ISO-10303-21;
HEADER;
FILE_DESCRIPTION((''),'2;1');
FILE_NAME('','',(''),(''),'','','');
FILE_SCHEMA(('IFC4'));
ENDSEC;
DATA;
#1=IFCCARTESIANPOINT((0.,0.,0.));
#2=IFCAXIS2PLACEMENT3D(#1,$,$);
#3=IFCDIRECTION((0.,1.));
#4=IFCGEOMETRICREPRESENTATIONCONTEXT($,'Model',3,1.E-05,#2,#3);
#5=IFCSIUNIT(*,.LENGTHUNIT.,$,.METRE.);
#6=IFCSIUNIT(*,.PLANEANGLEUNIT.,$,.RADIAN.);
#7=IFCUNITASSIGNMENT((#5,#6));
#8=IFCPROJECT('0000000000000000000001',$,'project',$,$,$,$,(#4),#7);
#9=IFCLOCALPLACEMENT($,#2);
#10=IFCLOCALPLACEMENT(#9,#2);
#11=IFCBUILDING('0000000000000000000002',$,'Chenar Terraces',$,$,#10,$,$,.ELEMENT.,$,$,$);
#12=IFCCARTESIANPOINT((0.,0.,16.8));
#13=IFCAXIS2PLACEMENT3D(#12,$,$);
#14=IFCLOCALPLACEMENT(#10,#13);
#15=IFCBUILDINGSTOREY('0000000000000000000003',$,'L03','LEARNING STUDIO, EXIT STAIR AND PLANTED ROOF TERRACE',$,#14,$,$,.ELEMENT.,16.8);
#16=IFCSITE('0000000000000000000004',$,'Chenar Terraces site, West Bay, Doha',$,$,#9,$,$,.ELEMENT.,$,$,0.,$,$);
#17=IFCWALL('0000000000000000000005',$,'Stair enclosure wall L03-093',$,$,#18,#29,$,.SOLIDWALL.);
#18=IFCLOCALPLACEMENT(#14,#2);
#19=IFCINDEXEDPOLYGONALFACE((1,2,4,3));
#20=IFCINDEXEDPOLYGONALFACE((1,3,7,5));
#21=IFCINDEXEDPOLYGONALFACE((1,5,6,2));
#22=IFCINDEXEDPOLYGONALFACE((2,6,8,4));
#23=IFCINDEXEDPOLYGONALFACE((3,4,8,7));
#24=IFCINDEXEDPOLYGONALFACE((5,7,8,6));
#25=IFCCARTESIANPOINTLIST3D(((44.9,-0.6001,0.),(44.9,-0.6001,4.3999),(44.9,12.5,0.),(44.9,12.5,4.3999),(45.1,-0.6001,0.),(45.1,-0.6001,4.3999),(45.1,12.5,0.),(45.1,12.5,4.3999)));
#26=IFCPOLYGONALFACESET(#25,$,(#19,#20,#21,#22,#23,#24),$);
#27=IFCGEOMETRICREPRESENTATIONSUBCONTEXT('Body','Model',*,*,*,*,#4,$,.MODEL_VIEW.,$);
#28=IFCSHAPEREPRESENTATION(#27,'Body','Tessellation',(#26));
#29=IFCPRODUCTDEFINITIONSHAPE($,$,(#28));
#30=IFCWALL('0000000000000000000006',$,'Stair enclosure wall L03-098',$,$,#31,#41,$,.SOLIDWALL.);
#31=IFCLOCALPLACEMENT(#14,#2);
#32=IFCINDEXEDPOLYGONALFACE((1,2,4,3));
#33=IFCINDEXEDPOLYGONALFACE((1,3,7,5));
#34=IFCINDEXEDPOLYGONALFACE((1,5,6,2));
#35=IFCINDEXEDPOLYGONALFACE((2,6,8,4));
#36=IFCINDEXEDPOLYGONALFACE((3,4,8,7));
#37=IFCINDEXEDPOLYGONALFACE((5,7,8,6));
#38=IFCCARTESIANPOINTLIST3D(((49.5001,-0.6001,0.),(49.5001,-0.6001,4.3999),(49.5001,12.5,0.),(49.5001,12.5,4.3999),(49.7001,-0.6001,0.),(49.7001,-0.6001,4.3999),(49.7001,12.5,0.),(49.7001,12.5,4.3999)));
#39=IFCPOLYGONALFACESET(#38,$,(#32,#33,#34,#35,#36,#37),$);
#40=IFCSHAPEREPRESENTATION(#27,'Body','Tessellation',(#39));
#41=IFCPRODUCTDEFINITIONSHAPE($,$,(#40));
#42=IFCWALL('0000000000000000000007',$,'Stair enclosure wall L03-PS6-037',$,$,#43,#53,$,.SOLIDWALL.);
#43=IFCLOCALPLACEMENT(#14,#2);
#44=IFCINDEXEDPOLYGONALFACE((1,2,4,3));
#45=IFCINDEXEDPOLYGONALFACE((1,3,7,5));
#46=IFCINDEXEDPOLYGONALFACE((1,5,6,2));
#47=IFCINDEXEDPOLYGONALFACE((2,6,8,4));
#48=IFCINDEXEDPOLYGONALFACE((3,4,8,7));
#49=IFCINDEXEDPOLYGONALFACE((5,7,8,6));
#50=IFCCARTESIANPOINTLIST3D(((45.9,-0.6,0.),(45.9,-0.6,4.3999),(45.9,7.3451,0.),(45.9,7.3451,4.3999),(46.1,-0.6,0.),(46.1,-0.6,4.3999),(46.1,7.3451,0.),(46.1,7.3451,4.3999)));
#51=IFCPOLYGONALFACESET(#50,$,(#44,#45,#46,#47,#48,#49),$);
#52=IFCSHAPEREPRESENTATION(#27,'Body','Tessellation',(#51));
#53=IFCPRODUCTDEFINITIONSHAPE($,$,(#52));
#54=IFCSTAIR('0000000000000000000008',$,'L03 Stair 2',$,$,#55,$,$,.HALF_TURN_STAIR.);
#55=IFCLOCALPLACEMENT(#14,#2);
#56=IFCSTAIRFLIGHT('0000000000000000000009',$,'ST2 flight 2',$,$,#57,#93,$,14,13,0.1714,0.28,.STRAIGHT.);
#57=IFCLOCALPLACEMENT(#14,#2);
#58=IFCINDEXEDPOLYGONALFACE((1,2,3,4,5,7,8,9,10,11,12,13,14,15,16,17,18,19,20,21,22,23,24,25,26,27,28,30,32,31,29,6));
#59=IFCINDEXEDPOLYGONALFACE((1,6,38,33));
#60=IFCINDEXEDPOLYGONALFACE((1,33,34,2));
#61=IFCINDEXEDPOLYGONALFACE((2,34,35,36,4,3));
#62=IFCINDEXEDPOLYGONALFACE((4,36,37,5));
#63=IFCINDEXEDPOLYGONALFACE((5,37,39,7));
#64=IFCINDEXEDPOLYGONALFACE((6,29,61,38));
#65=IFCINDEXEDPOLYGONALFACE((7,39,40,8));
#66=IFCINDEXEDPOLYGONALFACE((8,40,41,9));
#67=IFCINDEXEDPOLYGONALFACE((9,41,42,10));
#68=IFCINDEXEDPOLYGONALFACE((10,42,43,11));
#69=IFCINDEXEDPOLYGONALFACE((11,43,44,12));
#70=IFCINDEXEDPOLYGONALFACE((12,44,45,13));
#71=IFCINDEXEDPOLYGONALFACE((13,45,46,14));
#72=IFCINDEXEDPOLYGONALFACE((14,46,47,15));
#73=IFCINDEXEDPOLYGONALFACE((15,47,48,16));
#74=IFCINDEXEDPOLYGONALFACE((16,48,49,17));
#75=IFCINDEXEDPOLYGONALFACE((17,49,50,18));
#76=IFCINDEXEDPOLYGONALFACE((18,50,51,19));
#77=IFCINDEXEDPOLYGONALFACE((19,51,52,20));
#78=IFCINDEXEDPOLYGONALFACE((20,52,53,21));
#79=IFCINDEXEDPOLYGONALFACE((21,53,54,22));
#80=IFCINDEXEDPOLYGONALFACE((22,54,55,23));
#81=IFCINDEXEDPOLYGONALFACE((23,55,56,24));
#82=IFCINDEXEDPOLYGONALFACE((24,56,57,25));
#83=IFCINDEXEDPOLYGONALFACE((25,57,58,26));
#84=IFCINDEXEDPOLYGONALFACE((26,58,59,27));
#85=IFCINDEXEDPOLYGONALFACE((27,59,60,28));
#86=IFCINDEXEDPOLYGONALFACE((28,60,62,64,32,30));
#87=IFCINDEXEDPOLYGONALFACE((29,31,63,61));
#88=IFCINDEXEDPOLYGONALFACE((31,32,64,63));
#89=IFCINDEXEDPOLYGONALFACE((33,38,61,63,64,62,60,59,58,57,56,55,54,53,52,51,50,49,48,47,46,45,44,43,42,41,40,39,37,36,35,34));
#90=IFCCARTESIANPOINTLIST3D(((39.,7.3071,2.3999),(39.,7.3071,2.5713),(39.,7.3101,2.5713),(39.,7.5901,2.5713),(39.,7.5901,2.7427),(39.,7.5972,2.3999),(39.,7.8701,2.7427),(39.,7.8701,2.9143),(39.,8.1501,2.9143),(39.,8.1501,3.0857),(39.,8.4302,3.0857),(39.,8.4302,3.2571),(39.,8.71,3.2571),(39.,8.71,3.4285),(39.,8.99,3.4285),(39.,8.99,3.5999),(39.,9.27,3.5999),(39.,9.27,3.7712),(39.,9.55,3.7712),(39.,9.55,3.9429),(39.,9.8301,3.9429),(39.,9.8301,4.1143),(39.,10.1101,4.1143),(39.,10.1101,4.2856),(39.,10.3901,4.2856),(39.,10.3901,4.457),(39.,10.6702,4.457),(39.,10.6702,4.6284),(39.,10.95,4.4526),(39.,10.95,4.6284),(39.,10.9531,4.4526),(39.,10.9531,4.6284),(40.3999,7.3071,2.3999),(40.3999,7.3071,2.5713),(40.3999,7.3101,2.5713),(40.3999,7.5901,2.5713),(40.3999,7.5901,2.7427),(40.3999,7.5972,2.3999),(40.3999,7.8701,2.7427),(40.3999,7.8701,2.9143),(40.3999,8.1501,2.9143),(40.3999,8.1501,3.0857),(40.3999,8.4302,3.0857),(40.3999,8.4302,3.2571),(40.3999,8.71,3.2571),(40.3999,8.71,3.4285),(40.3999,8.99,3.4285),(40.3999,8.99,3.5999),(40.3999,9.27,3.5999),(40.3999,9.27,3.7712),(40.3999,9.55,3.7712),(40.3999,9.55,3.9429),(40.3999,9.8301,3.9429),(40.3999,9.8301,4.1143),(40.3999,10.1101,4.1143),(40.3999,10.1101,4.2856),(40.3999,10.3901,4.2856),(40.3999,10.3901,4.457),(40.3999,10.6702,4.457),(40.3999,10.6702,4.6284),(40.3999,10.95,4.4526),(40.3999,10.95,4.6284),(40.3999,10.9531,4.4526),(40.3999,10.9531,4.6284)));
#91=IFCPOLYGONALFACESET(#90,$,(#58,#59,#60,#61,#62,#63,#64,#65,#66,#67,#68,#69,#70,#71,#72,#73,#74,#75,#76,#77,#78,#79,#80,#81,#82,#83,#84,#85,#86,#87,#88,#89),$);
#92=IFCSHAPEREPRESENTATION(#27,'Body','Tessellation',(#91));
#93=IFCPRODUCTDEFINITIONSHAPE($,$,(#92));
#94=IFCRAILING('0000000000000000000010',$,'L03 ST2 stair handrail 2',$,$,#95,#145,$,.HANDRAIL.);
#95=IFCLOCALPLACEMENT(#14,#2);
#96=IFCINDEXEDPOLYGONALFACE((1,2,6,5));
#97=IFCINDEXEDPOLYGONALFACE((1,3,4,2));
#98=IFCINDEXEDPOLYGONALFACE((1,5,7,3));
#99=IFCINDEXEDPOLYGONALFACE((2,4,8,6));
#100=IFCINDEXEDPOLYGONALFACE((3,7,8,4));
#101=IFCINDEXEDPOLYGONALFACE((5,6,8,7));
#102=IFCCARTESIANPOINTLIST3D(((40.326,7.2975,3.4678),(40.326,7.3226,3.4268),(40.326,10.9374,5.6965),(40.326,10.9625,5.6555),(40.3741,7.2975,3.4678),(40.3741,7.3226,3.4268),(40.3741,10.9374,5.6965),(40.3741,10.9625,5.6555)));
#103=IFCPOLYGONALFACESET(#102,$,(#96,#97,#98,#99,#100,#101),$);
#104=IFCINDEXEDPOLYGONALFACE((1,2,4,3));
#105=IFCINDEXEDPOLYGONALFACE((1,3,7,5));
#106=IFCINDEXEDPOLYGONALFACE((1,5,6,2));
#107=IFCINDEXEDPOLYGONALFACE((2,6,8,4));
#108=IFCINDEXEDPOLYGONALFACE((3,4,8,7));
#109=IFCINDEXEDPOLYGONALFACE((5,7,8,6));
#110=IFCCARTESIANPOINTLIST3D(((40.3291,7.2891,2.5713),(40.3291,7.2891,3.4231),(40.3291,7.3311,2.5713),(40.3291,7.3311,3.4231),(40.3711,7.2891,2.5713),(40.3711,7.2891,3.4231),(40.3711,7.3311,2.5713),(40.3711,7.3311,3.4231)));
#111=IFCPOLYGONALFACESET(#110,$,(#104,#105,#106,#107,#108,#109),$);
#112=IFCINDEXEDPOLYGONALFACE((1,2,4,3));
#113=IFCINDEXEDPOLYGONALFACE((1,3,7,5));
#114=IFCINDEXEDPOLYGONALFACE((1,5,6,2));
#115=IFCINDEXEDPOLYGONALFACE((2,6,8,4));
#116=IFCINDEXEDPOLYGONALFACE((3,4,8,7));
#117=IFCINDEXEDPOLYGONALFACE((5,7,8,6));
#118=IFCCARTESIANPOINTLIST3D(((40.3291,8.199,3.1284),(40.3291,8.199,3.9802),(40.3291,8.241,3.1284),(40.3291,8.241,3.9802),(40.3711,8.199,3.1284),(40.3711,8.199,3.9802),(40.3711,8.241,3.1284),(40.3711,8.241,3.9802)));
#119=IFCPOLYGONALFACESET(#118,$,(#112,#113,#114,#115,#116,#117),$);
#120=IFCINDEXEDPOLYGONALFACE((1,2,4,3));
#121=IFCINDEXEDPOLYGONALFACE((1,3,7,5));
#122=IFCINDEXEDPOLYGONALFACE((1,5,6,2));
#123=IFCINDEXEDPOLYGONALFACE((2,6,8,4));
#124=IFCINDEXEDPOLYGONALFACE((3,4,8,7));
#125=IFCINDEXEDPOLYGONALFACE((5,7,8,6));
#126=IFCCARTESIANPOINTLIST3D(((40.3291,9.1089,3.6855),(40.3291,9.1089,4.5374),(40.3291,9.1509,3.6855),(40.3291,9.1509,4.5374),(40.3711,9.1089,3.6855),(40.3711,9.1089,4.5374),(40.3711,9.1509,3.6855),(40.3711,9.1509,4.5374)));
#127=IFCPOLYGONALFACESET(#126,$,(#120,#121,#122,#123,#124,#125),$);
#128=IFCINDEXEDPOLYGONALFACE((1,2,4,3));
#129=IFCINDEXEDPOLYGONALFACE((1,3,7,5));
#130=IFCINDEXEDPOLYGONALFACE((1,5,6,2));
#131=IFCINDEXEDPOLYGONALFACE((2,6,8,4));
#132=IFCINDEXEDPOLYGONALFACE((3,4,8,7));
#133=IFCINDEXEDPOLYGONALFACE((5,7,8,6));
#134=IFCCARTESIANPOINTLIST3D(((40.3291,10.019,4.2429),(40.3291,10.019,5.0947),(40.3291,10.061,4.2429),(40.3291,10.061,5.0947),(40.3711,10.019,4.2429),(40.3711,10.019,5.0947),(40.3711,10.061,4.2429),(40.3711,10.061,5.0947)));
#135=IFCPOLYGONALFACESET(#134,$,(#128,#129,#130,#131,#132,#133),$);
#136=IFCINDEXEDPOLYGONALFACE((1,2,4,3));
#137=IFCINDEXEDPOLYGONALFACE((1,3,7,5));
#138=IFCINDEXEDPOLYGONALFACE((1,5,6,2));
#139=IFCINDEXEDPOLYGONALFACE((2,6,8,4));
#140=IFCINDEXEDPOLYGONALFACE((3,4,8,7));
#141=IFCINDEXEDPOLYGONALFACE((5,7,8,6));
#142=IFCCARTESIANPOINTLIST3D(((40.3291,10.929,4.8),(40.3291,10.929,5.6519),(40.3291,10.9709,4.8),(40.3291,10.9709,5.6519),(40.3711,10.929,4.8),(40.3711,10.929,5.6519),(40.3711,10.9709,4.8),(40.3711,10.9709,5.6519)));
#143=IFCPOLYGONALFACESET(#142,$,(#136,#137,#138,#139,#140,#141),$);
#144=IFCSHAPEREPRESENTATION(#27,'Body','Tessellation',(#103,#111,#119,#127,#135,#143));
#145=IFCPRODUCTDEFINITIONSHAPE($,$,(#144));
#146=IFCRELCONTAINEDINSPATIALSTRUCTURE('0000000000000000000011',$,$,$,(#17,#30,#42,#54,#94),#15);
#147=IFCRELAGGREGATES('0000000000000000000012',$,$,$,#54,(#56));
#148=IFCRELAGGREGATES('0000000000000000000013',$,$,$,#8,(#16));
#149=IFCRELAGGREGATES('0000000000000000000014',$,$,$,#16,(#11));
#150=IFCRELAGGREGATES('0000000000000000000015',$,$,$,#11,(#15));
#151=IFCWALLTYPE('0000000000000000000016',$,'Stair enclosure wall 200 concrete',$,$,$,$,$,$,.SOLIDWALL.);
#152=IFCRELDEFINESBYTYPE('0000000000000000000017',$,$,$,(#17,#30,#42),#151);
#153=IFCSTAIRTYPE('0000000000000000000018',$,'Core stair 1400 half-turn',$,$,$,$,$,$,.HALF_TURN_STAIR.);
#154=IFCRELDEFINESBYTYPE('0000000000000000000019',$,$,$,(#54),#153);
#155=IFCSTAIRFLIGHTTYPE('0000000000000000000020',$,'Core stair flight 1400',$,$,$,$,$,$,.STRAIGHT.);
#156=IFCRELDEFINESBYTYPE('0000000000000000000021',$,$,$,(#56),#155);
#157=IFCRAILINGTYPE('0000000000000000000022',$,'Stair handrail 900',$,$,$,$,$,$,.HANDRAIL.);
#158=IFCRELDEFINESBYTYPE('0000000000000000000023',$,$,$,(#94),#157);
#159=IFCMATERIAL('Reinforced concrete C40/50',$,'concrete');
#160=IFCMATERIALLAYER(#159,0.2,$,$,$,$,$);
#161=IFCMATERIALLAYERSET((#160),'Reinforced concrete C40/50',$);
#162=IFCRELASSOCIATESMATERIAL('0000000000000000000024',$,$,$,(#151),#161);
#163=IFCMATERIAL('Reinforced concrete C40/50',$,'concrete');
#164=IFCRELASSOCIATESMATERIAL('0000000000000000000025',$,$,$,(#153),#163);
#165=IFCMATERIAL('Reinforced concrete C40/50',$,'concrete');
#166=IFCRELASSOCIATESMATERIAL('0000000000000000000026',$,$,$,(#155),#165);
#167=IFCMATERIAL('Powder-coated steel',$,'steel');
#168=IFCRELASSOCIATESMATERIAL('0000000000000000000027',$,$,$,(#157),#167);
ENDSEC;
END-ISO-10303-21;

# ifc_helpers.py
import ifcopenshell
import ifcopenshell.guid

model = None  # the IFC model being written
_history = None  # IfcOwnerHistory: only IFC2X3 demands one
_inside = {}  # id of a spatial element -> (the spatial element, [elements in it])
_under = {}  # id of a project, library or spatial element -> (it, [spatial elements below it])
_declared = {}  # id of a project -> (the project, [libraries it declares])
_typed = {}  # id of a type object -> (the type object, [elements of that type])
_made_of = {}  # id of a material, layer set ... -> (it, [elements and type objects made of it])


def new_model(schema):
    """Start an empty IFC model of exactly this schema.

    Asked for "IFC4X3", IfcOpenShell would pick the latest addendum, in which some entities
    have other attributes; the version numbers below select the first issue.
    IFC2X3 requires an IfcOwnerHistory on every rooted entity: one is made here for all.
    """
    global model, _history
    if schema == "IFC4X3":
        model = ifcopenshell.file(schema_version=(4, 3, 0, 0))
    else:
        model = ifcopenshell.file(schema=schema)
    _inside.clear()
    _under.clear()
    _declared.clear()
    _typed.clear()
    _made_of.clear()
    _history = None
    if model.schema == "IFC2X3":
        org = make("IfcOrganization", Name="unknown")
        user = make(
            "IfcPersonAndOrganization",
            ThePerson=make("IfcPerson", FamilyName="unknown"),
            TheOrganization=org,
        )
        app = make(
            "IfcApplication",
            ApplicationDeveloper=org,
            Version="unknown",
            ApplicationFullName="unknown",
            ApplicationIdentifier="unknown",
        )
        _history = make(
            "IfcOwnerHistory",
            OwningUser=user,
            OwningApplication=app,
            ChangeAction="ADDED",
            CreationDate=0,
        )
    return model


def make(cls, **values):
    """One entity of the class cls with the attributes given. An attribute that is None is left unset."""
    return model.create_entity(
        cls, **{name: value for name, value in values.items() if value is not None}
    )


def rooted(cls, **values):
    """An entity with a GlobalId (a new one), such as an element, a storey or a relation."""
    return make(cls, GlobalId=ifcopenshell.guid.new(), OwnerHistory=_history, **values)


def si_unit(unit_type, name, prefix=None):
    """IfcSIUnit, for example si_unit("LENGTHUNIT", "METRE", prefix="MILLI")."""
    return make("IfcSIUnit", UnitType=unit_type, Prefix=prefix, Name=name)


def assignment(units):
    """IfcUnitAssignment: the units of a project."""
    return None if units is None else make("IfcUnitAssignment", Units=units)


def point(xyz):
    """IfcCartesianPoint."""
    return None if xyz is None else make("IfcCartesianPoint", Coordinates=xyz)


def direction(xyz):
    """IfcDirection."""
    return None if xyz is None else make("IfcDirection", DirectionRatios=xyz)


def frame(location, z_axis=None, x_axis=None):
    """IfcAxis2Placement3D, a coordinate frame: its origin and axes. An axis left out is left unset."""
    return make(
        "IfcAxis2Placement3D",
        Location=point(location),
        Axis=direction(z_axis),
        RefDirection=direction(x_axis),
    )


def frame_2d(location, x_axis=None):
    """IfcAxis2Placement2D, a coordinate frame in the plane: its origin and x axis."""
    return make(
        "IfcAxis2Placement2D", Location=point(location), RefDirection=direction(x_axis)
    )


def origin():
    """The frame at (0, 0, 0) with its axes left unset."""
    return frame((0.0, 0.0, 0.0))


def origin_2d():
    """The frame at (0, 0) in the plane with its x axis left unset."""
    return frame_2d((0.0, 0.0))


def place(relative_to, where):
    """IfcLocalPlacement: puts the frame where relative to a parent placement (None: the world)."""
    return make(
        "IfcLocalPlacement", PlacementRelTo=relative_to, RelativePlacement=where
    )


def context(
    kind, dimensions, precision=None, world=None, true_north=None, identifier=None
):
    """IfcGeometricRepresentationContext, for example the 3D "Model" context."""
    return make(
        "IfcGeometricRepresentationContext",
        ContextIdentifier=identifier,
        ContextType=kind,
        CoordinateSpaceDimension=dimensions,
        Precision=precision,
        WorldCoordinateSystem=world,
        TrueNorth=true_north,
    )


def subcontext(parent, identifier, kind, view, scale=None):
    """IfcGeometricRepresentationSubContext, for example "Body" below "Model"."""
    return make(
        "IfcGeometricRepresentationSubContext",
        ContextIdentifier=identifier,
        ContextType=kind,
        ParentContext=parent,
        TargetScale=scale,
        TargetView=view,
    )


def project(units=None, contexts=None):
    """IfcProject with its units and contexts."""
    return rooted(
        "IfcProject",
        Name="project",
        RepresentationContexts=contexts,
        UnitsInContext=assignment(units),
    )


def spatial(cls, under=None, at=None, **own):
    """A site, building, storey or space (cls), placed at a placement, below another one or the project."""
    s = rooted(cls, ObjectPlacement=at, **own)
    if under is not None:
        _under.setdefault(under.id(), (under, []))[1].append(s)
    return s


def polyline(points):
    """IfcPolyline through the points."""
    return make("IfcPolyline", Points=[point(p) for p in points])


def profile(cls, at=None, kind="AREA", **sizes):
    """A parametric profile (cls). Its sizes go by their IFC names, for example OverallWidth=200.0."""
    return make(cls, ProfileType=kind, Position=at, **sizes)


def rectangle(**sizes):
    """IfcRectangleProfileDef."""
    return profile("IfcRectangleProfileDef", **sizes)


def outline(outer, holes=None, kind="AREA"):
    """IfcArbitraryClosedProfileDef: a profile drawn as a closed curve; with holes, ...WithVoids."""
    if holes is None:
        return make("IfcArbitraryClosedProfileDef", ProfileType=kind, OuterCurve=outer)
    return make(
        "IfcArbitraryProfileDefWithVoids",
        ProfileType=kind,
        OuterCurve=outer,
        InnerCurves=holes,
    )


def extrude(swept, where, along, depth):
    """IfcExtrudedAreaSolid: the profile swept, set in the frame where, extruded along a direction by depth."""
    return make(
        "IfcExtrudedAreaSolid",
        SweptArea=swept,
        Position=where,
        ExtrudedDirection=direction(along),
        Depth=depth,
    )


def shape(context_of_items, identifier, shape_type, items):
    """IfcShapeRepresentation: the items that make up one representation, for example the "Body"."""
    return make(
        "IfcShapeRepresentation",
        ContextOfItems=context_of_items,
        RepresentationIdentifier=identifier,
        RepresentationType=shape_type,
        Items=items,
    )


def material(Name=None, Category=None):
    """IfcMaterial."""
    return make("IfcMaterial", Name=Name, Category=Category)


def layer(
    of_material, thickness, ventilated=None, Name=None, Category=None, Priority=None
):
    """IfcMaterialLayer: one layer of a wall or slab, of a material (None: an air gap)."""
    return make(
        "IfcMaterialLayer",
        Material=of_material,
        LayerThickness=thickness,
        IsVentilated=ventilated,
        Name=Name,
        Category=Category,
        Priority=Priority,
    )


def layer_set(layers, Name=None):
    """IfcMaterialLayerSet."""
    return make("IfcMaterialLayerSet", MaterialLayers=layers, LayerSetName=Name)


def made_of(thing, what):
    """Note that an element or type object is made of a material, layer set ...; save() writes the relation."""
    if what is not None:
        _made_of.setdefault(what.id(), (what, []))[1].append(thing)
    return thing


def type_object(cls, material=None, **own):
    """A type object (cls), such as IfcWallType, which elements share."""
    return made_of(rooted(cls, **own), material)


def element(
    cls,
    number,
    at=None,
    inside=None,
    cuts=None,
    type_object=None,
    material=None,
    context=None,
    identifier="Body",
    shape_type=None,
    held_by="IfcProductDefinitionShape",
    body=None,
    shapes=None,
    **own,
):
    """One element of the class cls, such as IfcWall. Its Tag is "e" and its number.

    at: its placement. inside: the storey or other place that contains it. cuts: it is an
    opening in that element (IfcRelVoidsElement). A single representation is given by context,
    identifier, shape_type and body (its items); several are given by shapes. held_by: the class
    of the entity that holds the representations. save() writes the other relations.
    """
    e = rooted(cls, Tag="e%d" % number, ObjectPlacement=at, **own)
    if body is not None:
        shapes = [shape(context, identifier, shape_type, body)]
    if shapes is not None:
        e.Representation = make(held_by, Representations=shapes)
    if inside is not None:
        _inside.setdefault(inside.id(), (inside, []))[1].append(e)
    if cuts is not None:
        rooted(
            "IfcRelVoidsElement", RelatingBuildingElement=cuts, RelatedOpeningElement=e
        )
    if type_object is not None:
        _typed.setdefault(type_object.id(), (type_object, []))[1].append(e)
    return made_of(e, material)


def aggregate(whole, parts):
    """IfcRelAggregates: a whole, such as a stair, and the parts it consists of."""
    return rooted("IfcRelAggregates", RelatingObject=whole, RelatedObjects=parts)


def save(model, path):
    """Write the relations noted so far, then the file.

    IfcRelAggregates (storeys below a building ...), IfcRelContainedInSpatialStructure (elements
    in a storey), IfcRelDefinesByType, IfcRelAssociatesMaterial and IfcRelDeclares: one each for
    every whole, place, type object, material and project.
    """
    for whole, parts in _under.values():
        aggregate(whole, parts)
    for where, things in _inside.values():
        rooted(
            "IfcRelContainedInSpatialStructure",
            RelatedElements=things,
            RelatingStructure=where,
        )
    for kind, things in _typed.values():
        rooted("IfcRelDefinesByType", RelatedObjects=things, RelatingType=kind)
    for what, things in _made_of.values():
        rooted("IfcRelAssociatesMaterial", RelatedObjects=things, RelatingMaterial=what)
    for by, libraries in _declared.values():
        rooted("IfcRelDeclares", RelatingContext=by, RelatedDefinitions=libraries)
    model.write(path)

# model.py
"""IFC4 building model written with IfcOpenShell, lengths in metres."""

from ifc_helpers import new_model, si_unit, direction, frame, frame_2d, origin, origin_2d, place, context, subcontext, project, spatial, polyline, rectangle, outline, extrude, material, layer, layer_set, type_object, element, aggregate, save


model = new_model("IFC4")

# Units and contexts
model_context = context("Model", 3, precision=1e-05, world=origin(), true_north=direction((0.0, 1.0)))
body_context = subcontext(model_context, "Body", "Model", "MODEL_VIEW")
ifc_project = project(units=[si_unit("LENGTHUNIT", "METRE"), si_unit("PLANEANGLEUNIT", "RADIAN")], contexts=[model_context])

# Site, building, storey
site_placement = place(None, origin())
site = spatial("IfcSite", under=ifc_project, at=site_placement, Name="Chenar Terraces site, West Bay, Doha", CompositionType="ELEMENT", RefElevation=0.0)
building_placement = place(site_placement, origin())
building = spatial("IfcBuilding", under=site, at=building_placement, Name="Chenar Terraces", CompositionType="ELEMENT")
storey_placement = place(building_placement, frame((0.0, 0.0, 16.8)))
storey = spatial("IfcBuildingStorey", under=building, at=storey_placement, Name="L03", Description="LEARNING STUDIO, EXIT STAIR AND PLANTED ROOF TERRACE", CompositionType="ELEMENT", Elevation=16.8)

# Shared definitions
placement = place(storey_placement, origin())

# Walls
ifc_material_1 = material(Name="Reinforced concrete C40/50", Category="concrete")
ifc_layer_1 = layer(ifc_material_1, 0.2)
ifc_layer_set_1 = layer_set([ifc_layer_1], Name="Reinforced concrete C40/50")
wall_type_1 = type_object("IfcWallType", Name="Stair enclosure wall 200 concrete", PredefinedType="SOLIDWALL", material=ifc_layer_set_1)
for number, where, z_axis, x_axis, name in (
    (1, (45.0, -0.6001, 0.0), (0.0, 0.0, 1.0), (0.0, 1.0, 0.0), "Stair enclosure wall L03-093"),
    (2, (49.6001, -0.6001, 0.0), (0.0, 0.0, 1.0), (0.0, 1.0, 0.0), "Stair enclosure wall L03-098"),
):
    element("IfcWall", number, at=place(storey_placement, frame(where, z_axis=z_axis, x_axis=x_axis)), inside=storey, type_object=wall_type_1, Name=name, PredefinedType="SOLIDWALL", context=body_context, shape_type="SweptSolid", body=[
        extrude(rectangle(XDim=13.1001, YDim=0.2, at=frame_2d((6.55, 0.0))), origin(), (0.0, 0.0, 1.0), 4.3999),
    ])
wall_1_placement = place(storey_placement, frame((46.0, -0.6001, 0.0), z_axis=(0.0, 0.0, 1.0), x_axis=(0.0, 1.0, 0.0)))
element("IfcWall", 3, at=wall_1_placement, inside=storey, type_object=wall_type_1, Name="Stair enclosure wall L03-PS6-037", PredefinedType="SOLIDWALL", context=body_context, shape_type="SweptSolid", body=[
    extrude(rectangle(XDim=7.9451, YDim=0.2, at=frame_2d((3.9727, 0.0))), origin(), (0.0, 0.0, 1.0), 4.3999),
])

# Stair, stair flight
ifc_material_2 = material(Name="Reinforced concrete C40/50", Category="concrete")
stair_type = type_object("IfcStairType", Name="Core stair 1400 half-turn", PredefinedType="HALF_TURN_STAIR", material=ifc_material_2)
stair = element("IfcStair", 4, at=placement, inside=storey, type_object=stair_type, Name="L03 Stair 2", PredefinedType="HALF_TURN_STAIR")
ifc_material_3 = material(Name="Reinforced concrete C40/50", Category="concrete")
stair_flight_type = type_object("IfcStairFlightType", Name="Core stair flight 1400", PredefinedType="STRAIGHT", material=ifc_material_3)
stair_flight_placement = place(storey_placement, frame((39.7, 7.3101, 2.3999), z_axis=(0.0, 0.0, 1.0), x_axis=(0.0, 1.0, 0.0)))
stair_flight = element("IfcStairFlight", 5, at=stair_flight_placement, type_object=stair_flight_type, Name="ST2 flight 2", NumberOfRisers=14, NumberOfTreads=13, PredefinedType="STRAIGHT", RiserHeight=0.1714, TreadLength=0.28, context=body_context, shape_type="SweptSolid", body=[
    extrude(outline(polyline([(-0.0029, 0.0), (-0.0029, 0.1714), (0.0, 0.1714), (0.28, 0.1714), (0.28, 0.3428), (0.5601, 0.3428), (0.5601, 0.5144), (0.8401, 0.5144), (0.8401, 0.6858), (1.1201, 0.6858), (1.1201, 0.8572), (1.3999, 0.8572), (1.3999, 1.0286), (1.6799, 1.0286), (1.6799, 1.2), (1.96, 1.2), (1.96, 1.3713), (2.24, 1.3713), (2.24, 1.543), (2.52, 1.543), (2.52, 1.7144), (2.8, 1.7144), (2.8, 1.8857), (3.0801, 1.8857), (3.0801, 2.0571), (3.3601, 2.0571), (3.3601, 2.2285), (3.6399, 2.2285), (3.6431, 2.2285), (3.6431, 2.0527), (3.6399, 2.0527), (0.2871, 0.0), (-0.0029, 0.0)])), frame((0.0, 0.7, 0.0), z_axis=(0.0, -1.0, 0.0), x_axis=(1.0, 0.0, 0.0)), (0.0, 0.0, 1.0), 1.3999),
])
aggregate(stair, [stair_flight])

# Railing
ifc_material_4 = material(Name="Powder-coated steel", Category="steel")
railing_type = type_object("IfcRailingType", Name="Stair handrail 900", PredefinedType="HANDRAIL", material=ifc_material_4)
railing_placement = place(storey_placement, frame((40.3501, 7.3101, 2.5713)))
element("IfcRailing", 6, at=railing_placement, inside=storey, type_object=railing_type, Name="L03 ST2 stair handrail 2", PredefinedType="HANDRAIL", context=body_context, shape_type="SweptSolid", body=[
    extrude(rectangle(XDim=0.0481, YDim=0.0481, at=origin_2d()), frame((0.0, 0.0, 0.876), z_axis=(0.0, 0.852825, 0.522197), x_axis=(-1.0, 0.0, 0.0)), (0.0, 0.0, 1.0), 4.2681),
    extrude(rectangle(XDim=0.042, YDim=0.042, at=origin_2d()), origin(), (0.0, 0.0, 1.0), 0.8518),
    extrude(rectangle(XDim=0.042, YDim=0.042, at=origin_2d()), frame((0.0, 0.9099, 0.5571)), (0.0, 0.0, 1.0), 0.8518),
    extrude(rectangle(XDim=0.042, YDim=0.042, at=origin_2d()), frame((0.0, 1.8198, 1.1143)), (0.0, 0.0, 1.0), 0.8518),
    extrude(rectangle(XDim=0.042, YDim=0.042, at=origin_2d()), frame((0.0, 2.73, 1.6716)), (0.0, 0.0, 1.0), 0.8518),
    extrude(rectangle(XDim=0.042, YDim=0.042, at=origin_2d()), frame((0.0, 3.6399, 2.2288)), (0.0, 0.0, 1.0), 0.8518),
])

save(model, "model.ifc")
